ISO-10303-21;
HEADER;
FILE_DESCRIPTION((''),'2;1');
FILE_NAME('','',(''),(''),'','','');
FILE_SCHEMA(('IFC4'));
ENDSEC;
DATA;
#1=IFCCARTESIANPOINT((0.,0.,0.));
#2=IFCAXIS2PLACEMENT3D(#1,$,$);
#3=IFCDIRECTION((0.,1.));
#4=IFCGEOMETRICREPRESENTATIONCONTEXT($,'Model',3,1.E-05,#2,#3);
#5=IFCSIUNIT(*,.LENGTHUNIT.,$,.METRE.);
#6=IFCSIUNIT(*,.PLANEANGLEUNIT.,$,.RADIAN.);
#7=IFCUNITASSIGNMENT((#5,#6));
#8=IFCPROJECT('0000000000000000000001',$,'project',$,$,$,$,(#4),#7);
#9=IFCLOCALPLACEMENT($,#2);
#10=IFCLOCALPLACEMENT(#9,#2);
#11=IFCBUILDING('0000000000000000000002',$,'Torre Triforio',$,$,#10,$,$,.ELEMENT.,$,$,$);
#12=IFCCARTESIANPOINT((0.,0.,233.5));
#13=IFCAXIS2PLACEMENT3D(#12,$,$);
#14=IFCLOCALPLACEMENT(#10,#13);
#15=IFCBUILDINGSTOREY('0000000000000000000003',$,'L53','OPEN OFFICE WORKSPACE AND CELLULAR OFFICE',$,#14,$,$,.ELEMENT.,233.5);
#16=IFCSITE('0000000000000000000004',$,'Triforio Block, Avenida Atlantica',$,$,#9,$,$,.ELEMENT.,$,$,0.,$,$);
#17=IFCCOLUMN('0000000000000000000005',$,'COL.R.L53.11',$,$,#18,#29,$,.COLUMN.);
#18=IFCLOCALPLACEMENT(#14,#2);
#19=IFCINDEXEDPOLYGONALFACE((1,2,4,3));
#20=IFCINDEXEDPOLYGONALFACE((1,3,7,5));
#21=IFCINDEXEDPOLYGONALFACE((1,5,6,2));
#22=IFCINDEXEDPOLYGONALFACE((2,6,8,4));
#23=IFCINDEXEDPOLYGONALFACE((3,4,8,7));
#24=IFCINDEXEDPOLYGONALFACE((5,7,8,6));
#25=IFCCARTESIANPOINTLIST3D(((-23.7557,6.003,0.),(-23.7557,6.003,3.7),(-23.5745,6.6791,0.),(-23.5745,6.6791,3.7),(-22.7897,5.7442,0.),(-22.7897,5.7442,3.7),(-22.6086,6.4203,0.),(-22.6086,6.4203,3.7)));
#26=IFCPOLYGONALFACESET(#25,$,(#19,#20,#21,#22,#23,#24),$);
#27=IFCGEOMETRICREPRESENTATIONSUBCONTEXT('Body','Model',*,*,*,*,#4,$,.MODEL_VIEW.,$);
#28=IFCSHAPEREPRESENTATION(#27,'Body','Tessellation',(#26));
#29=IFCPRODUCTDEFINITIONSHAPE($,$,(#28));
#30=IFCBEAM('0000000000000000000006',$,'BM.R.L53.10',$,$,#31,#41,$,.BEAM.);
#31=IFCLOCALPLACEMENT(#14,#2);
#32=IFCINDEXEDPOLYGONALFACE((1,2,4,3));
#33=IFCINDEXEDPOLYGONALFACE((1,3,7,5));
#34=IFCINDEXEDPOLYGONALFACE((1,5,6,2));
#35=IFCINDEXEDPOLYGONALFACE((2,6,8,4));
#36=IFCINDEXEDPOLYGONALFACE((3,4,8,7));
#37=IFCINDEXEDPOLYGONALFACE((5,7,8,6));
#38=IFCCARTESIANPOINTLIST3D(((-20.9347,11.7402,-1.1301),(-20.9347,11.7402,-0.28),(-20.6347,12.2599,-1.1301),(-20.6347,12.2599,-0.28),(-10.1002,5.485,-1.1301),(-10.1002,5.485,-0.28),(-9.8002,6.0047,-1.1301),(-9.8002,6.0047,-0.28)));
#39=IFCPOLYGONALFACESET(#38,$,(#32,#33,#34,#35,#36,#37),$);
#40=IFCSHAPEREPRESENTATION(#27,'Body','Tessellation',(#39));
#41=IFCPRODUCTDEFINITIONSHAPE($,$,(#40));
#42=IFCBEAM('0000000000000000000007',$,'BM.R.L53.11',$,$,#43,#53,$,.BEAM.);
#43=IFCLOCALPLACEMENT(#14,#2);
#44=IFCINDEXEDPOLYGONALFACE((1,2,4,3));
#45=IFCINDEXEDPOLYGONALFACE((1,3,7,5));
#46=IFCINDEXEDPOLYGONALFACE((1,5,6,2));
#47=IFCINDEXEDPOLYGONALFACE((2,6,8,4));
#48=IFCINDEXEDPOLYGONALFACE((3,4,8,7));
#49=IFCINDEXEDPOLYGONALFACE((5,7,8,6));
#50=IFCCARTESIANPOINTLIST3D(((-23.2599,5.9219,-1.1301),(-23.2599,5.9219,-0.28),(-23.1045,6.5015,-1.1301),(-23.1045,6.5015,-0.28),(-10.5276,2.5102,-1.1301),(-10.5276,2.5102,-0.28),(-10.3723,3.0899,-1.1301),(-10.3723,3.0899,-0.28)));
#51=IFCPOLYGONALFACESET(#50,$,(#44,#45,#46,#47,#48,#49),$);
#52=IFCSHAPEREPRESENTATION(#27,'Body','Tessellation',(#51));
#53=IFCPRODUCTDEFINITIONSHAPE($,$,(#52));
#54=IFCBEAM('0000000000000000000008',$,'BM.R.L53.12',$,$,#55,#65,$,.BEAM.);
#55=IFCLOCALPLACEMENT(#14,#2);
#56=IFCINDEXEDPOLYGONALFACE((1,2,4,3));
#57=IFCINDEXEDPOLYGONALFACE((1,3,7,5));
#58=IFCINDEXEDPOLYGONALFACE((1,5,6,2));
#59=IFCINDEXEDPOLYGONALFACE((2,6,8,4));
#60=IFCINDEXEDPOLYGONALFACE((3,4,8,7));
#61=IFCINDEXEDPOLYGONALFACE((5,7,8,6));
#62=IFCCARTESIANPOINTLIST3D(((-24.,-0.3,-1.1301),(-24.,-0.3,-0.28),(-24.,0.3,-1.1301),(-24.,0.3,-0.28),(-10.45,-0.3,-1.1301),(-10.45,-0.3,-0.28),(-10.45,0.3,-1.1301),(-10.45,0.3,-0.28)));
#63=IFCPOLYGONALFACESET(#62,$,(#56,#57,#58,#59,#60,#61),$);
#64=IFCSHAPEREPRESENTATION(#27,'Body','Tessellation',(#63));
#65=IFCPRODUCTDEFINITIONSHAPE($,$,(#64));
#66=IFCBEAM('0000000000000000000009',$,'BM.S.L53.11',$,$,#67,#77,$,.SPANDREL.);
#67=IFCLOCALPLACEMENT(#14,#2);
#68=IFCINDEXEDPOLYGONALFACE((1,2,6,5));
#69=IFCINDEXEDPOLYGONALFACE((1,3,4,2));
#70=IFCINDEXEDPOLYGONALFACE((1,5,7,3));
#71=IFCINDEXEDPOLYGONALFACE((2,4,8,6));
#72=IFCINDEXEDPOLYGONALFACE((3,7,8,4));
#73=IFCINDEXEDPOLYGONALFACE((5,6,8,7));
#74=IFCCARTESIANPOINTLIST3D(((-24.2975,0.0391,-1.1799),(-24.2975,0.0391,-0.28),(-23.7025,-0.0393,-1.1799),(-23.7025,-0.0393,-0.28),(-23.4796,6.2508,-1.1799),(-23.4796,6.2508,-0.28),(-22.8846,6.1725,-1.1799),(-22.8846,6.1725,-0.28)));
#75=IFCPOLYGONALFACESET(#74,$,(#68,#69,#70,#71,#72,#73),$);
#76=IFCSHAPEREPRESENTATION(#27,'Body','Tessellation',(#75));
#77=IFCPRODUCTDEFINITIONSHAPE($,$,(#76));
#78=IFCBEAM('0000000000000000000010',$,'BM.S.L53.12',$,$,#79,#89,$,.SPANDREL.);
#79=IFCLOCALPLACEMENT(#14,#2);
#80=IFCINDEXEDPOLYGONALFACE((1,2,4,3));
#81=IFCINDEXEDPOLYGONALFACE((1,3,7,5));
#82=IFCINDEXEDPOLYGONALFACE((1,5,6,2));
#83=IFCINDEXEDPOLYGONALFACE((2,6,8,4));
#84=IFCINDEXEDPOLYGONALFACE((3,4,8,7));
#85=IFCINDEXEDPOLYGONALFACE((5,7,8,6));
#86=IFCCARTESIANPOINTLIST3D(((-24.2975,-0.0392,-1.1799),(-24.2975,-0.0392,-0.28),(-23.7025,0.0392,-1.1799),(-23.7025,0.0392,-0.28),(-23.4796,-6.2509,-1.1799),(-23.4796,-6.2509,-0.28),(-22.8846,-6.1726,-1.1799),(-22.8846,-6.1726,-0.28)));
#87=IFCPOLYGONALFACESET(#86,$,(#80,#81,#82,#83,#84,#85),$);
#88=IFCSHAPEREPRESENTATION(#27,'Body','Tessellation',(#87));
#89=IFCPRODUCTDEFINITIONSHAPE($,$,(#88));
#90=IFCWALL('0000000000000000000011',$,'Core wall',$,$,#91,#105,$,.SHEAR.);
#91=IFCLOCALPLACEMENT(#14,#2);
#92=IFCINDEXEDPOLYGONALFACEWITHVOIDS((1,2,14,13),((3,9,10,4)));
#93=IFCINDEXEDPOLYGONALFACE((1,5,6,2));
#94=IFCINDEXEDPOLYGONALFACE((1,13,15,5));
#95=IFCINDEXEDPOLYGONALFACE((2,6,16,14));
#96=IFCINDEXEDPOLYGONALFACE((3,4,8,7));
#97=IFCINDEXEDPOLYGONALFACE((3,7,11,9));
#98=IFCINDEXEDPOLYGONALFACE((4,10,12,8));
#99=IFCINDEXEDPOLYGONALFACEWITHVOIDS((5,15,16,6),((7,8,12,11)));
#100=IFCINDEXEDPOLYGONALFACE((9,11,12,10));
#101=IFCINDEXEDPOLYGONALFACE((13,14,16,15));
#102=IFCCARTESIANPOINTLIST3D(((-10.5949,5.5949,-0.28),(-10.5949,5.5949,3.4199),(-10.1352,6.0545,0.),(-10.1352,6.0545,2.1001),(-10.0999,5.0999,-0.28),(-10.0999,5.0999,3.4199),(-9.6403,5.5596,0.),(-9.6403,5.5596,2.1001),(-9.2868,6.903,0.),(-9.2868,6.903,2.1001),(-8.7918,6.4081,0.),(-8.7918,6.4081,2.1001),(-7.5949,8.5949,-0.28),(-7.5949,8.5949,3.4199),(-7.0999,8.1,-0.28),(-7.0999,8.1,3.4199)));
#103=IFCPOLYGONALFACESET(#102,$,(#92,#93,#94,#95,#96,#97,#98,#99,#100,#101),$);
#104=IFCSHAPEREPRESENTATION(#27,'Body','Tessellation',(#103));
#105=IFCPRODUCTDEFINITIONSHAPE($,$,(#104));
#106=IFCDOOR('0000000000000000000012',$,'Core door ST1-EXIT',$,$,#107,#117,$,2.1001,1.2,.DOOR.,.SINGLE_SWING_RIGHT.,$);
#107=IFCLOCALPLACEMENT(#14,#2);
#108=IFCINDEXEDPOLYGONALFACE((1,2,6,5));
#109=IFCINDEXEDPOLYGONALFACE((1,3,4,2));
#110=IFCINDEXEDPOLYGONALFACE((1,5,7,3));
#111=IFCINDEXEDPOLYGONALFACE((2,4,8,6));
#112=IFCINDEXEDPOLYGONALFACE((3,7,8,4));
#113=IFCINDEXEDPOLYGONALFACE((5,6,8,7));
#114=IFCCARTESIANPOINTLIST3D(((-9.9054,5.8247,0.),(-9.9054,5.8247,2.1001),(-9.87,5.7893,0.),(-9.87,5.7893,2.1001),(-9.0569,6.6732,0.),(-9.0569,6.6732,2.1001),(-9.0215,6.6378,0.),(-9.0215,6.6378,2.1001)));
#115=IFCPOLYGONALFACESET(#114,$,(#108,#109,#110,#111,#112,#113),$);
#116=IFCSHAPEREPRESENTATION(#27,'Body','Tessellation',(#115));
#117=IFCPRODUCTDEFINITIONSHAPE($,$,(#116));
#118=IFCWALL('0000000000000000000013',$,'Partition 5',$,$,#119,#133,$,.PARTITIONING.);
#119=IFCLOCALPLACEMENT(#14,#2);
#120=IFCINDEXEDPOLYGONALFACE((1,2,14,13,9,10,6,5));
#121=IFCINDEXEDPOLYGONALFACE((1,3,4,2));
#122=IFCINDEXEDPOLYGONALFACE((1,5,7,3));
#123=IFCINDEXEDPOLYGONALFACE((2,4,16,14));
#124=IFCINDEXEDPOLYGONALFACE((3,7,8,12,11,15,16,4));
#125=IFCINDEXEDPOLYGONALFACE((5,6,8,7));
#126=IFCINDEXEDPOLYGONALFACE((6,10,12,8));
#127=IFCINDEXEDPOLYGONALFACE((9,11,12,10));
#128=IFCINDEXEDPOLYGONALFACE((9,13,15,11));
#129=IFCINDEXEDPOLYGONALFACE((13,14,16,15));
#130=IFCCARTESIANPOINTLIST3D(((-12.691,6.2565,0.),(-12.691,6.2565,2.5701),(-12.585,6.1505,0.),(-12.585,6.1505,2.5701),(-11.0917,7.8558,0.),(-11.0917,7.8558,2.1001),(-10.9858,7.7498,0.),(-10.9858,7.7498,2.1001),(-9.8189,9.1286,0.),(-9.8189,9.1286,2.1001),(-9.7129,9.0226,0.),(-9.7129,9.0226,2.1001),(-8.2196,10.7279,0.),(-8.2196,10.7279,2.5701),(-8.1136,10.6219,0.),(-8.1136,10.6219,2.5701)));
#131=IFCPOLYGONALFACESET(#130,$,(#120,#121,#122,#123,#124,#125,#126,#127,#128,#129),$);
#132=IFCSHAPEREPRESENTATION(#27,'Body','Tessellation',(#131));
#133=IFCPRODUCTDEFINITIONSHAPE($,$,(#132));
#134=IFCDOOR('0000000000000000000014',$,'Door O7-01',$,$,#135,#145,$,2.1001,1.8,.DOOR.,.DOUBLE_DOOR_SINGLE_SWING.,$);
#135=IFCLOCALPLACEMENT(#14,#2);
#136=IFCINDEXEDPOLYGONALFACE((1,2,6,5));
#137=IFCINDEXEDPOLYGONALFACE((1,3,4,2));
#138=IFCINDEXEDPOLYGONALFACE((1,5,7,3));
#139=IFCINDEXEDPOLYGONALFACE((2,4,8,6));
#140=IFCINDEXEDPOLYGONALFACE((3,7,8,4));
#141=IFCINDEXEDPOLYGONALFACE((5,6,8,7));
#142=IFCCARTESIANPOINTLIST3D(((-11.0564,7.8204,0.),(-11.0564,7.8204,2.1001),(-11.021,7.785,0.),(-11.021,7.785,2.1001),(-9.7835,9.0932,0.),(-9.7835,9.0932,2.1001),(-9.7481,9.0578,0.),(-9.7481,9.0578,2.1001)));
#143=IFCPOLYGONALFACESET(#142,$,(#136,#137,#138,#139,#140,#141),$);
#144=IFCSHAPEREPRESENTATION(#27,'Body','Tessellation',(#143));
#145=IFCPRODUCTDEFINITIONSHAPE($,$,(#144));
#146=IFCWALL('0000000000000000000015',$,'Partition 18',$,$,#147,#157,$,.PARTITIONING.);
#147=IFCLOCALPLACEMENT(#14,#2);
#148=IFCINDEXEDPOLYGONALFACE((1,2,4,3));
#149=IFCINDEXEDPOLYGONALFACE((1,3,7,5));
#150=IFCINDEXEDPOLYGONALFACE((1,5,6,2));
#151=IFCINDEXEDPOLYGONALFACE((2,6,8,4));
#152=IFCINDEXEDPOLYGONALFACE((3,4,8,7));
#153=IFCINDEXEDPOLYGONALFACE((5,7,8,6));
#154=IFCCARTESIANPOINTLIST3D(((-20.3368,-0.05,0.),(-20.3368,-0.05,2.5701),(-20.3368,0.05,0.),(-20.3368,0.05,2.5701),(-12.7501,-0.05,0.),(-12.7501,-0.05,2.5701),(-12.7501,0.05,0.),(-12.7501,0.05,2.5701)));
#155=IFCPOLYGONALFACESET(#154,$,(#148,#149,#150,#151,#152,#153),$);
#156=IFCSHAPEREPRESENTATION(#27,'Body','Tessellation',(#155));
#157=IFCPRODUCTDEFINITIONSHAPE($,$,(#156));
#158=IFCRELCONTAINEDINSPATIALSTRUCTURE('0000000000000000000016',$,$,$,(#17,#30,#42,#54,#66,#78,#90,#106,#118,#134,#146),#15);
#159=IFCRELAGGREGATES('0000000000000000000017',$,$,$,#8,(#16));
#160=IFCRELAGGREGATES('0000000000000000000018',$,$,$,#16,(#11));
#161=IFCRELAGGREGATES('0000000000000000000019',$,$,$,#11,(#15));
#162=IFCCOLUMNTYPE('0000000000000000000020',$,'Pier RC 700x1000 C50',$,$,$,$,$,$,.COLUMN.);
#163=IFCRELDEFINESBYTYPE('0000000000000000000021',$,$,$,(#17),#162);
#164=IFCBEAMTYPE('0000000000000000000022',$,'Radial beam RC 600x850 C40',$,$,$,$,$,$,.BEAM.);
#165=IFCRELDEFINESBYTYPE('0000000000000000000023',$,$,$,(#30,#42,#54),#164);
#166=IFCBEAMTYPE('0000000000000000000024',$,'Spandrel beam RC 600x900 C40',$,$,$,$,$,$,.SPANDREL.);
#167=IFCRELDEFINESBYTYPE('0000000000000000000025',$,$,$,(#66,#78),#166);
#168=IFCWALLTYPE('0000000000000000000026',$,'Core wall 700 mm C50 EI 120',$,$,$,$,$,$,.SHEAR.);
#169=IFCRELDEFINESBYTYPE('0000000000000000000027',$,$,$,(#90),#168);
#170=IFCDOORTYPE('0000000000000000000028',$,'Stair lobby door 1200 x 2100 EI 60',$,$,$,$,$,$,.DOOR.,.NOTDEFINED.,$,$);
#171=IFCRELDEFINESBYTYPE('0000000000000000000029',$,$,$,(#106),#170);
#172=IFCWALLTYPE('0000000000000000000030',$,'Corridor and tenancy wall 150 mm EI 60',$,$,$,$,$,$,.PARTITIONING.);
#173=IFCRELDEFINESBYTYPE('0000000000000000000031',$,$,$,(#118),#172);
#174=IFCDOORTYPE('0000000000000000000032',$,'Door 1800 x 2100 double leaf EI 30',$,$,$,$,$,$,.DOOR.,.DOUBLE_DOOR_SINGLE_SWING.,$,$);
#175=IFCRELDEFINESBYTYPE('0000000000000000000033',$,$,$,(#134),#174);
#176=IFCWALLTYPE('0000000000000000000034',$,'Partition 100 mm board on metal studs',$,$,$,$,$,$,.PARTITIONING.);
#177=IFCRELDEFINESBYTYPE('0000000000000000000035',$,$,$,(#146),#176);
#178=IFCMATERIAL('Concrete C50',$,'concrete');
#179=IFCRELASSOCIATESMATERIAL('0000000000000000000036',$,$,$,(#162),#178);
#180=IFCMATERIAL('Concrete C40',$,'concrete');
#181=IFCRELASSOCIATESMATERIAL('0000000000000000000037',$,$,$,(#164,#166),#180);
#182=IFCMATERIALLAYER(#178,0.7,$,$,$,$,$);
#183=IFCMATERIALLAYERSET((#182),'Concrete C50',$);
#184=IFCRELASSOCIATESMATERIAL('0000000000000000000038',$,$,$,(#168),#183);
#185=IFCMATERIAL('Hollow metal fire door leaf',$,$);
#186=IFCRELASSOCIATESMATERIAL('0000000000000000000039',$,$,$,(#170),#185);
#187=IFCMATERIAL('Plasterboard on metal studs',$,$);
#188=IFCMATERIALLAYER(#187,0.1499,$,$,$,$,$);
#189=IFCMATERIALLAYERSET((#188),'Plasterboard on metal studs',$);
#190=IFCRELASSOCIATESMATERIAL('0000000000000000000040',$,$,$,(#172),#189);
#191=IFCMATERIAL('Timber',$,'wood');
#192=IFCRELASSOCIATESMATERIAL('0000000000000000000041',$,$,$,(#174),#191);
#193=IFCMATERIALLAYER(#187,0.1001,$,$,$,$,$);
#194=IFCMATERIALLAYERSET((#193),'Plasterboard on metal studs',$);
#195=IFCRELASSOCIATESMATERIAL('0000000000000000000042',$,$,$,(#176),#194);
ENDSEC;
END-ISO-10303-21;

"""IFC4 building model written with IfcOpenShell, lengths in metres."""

from ifc_helpers import new_model, si_unit, direction, frame, frame_2d, origin, origin_2d, place, context, subcontext, project, spatial, rectangle, extrude, material, layer, layer_set, material_profile, profile_set, type_object, element, fill, save


model = new_model("IFC4")

# Units and contexts
model_context = context("Model", 3, precision=1e-05, world=origin(), true_north=direction((0.0, 1.0)))
body_context = subcontext(model_context, "Body", "Model", "MODEL_VIEW")
ifc_project = project(units=[si_unit("LENGTHUNIT", "METRE"), si_unit("PLANEANGLEUNIT", "RADIAN")], contexts=[model_context])

# Site, building, storey
site_placement = place(None, origin())
site = spatial("IfcSite", under=ifc_project, at=site_placement, Name="Triforio Block, Avenida Atlantica", CompositionType="ELEMENT", RefElevation=0.0)
building_placement = place(site_placement, origin())
building = spatial("IfcBuilding", under=site, at=building_placement, Name="Torre Triforio", CompositionType="ELEMENT")
storey_placement = place(building_placement, frame((0.0, 0.0, 233.5)))
storey = spatial("IfcBuildingStorey", under=building, at=storey_placement, Name="L53", Description="OPEN OFFICE WORKSPACE AND CELLULAR OFFICE", CompositionType="ELEMENT", Elevation=233.5)

# Column
ifc_material_1 = material(Name="Concrete C50", Category="concrete")
ifc_material_profile_1 = material_profile(ifc_material_1, rectangle(XDim=0.7, YDim=1.0, at=origin_2d()), Name="RC 700x1000")
ifc_profile_set_1 = profile_set([ifc_material_profile_1], Name="Concrete C50")
column_type = type_object("IfcColumnType", Name="Pier RC 700x1000 C50", PredefinedType="COLUMN", material=ifc_profile_set_1)
column_placement = place(storey_placement, frame((-23.1821, 6.2117, 0.0), z_axis=(0.0, 0.0, 1.0), x_axis=(-0.258819, -0.965926, 0.0)))
element("IfcColumn", 1, at=column_placement, inside=storey, type_object=column_type, Name="COL.R.L53.11", PredefinedType="COLUMN", context=body_context, shape_type="SweptSolid", body=[
    extrude(rectangle(XDim=0.7, YDim=1.0, at=origin_2d()), origin(), (0.0, 0.0, 1.0), 3.7),
])

# Beams
ifc_material_2 = material(Name="Concrete C40", Category="concrete")
ifc_material_profile_2 = material_profile(ifc_material_2, rectangle(XDim=0.6001, YDim=0.8501, at=origin_2d()), Name="RC 600x850")
ifc_profile_set_2 = profile_set([ifc_material_profile_2], Name="Concrete C40")
beam_type_1 = type_object("IfcBeamType", Name="Radial beam RC 600x850 C40", PredefinedType="BEAM", material=ifc_profile_set_2)
beam_1_placement = place(storey_placement, frame((-9.9502, 5.7449, -0.7051), z_axis=(-0.866031, 0.49999, 0.0), x_axis=(-0.49999, -0.866031, 0.0)))
element("IfcBeam", 2, at=beam_1_placement, inside=storey, type_object=beam_type_1, Name="BM.R.L53.10", PredefinedType="BEAM", context=body_context, shape_type="SweptSolid", body=[
    extrude(rectangle(XDim=0.6001, YDim=0.8501, at=origin_2d()), origin(), (0.0, 0.0, 1.0), 12.5105),
])
beam_2_placement = place(storey_placement, frame((-10.45, 2.8, -0.7051), z_axis=(-0.965925, 0.258822, 0.0), x_axis=(-0.258822, -0.965925, 0.0)))
element("IfcBeam", 3, at=beam_2_placement, inside=storey, type_object=beam_type_1, Name="BM.R.L53.11", PredefinedType="BEAM", context=body_context, shape_type="SweptSolid", body=[
    extrude(rectangle(XDim=0.6001, YDim=0.8501, at=origin_2d()), origin(), (0.0, 0.0, 1.0), 13.1814),
])
beam_3_placement = place(storey_placement, frame((-10.45, 0.0, -0.7051), z_axis=(-1.0, 0.0, 0.0), x_axis=(0.0, -1.0, 0.0)))
element("IfcBeam", 4, at=beam_3_placement, inside=storey, type_object=beam_type_1, Name="BM.R.L53.12", PredefinedType="BEAM", context=body_context, shape_type="SweptSolid", body=[
    extrude(rectangle(XDim=0.6001, YDim=0.8501, at=origin_2d()), origin(), (0.0, 0.0, 1.0), 13.55),
])
ifc_material_profile_3 = material_profile(ifc_material_2, rectangle(XDim=0.6001, YDim=0.8999, at=origin_2d()), Name="RC 600x900")
ifc_profile_set_3 = profile_set([ifc_material_profile_3], Name="Concrete C40")
beam_type_2 = type_object("IfcBeamType", Name="Spandrel beam RC 600x900 C40", PredefinedType="SPANDREL", material=ifc_profile_set_3)
for number, where, z_axis, x_axis, name in (
    (5, (-23.1821, 6.2117, -0.73), (-0.13054, -0.991443, 0.0), (0.991443, -0.13054, 0.0), "BM.S.L53.11"),
    (6, (-24.0, 0.0, -0.73), (0.13054, -0.991443, 0.0), (0.991443, 0.13054, 0.0), "BM.S.L53.12"),
):
    element("IfcBeam", number, at=place(storey_placement, frame(where, z_axis=z_axis, x_axis=x_axis)), inside=storey, type_object=beam_type_2, Name=name, PredefinedType="SPANDREL", context=body_context, shape_type="SweptSolid", body=[
        extrude(rectangle(XDim=0.6001, YDim=0.8999, at=origin_2d()), origin(), (0.0, 0.0, 1.0), 6.2654),
    ])

# Walls, openings, doors
ifc_layer_1 = layer(ifc_material_1, 0.7)
ifc_layer_set_1 = layer_set([ifc_layer_1], Name="Concrete C50")
wall_type_1 = type_object("IfcWallType", Name="Core wall 700 mm C50 EI 120", PredefinedType="SHEAR", material=ifc_layer_set_1)
wall_1_placement = place(storey_placement, frame((-10.3474, 5.3474, -0.28), z_axis=(0.0, 0.0, 1.0), x_axis=(0.707107, 0.707107, 0.0)))
wall_1 = element("IfcWall", 7, at=wall_1_placement, inside=storey, type_object=wall_type_1, Name="Core wall", PredefinedType="SHEAR", context=body_context, shape_type="SweptSolid", body=[
    extrude(rectangle(XDim=4.2427, YDim=0.7, at=frame_2d((2.1213, 0.0))), origin(), (0.0, 0.0, 1.0), 3.7),
])
opening_1_placement = place(wall_1_placement, frame((0.6499, 0.0, 0.28)))
opening_1 = element("IfcOpeningElement", 8, at=opening_1_placement, cuts=wall_1, PredefinedType="OPENING", context=body_context, shape_type="SweptSolid", body=[
    extrude(rectangle(XDim=1.2, YDim=2.1001, at=frame_2d((0.6001, 1.05))), frame((0.0, 0.3599, 0.0), z_axis=(0.0, -1.0, 0.0), x_axis=(1.0, 0.0, 0.0)), (0.0, 0.0, 1.0), 0.72),
])
ifc_material_3 = material(Name="Hollow metal fire door leaf")
door_type_1 = type_object("IfcDoorType", Name="Stair lobby door 1200 x 2100 EI 60", OperationType="NOTDEFINED", PredefinedType="DOOR", material=ifc_material_3)
door_1_placement = place(opening_1_placement, origin())
door_1 = element("IfcDoor", 9, at=door_1_placement, inside=storey, type_object=door_type_1, Name="Core door ST1-EXIT", OperationType="SINGLE_SWING_RIGHT", OverallHeight=2.1001, OverallWidth=1.2, PredefinedType="DOOR", context=body_context, shape_type="SweptSolid", body=[
    extrude(rectangle(XDim=1.2, YDim=2.1001, at=frame_2d((0.6001, 1.05))), frame((0.0, 0.0249, 0.0), z_axis=(0.0, -1.0, 0.0), x_axis=(1.0, 0.0, 0.0)), (0.0, 0.0, 1.0), 0.05),
])
fill(opening_1, door_1)
ifc_material_4 = material(Name="Plasterboard on metal studs")
ifc_layer_2 = layer(ifc_material_4, 0.1499)
ifc_layer_set_2 = layer_set([ifc_layer_2], Name="Plasterboard on metal studs")
wall_type_2 = type_object("IfcWallType", Name="Corridor and tenancy wall 150 mm EI 60", PredefinedType="PARTITIONING", material=ifc_layer_set_2)
wall_2_placement = place(storey_placement, frame((-12.6379, 6.2036, 0.0), z_axis=(0.0, 0.0, 1.0), x_axis=(0.707107, 0.707107, 0.0)))
wall_2 = element("IfcWall", 10, at=wall_2_placement, inside=storey, type_object=wall_type_2, Name="Partition 5", PredefinedType="PARTITIONING", context=body_context, shape_type="SweptSolid", body=[
    extrude(rectangle(XDim=6.3235, YDim=0.1499, at=frame_2d((3.1616, 0.0))), origin(), (0.0, 0.0, 1.0), 2.5701),
])
opening_2_placement = place(wall_2_placement, frame((2.2617, 0.0, 0.0)))
opening_2 = element("IfcOpeningElement", 11, at=opening_2_placement, cuts=wall_2, PredefinedType="OPENING", context=body_context, shape_type="SweptSolid", body=[
    extrude(rectangle(XDim=1.8, YDim=2.1001, at=frame_2d((0.8999, 1.05))), frame((0.0, 0.085, 0.0), z_axis=(0.0, -1.0, 0.0), x_axis=(1.0, 0.0, 0.0)), (0.0, 0.0, 1.0), 0.1699),
])
ifc_material_5 = material(Name="Timber", Category="wood")
door_type_2 = type_object("IfcDoorType", Name="Door 1800 x 2100 double leaf EI 30", OperationType="DOUBLE_DOOR_SINGLE_SWING", PredefinedType="DOOR", material=ifc_material_5)
door_2_placement = place(opening_2_placement, origin())
door_2 = element("IfcDoor", 12, at=door_2_placement, inside=storey, type_object=door_type_2, Name="Door O7-01", OperationType="DOUBLE_DOOR_SINGLE_SWING", OverallHeight=2.1001, OverallWidth=1.8, PredefinedType="DOOR", context=body_context, shape_type="SweptSolid", body=[
    extrude(rectangle(XDim=1.8, YDim=2.1001, at=frame_2d((0.8999, 1.05))), frame((0.0, 0.0249, 0.0), z_axis=(0.0, -1.0, 0.0), x_axis=(1.0, 0.0, 0.0)), (0.0, 0.0, 1.0), 0.05),
])
fill(opening_2, door_2)

# Wall
ifc_layer_3 = layer(ifc_material_4, 0.1001)
ifc_layer_set_3 = layer_set([ifc_layer_3], Name="Plasterboard on metal studs")
wall_type_3 = type_object("IfcWallType", Name="Partition 100 mm board on metal studs", PredefinedType="PARTITIONING", material=ifc_layer_set_3)
wall_3_placement = place(storey_placement, frame((-12.75, 0.0, 0.0), z_axis=(0.0, 0.0, 1.0), x_axis=(-1.0, 0.0, 0.0)))
element("IfcWall", 13, at=wall_3_placement, inside=storey, type_object=wall_type_3, Name="Partition 18", PredefinedType="PARTITIONING", context=body_context, shape_type="SweptSolid", body=[
    extrude(rectangle(XDim=7.5867, YDim=0.1001, at=frame_2d((3.7935, 0.0))), origin(), (0.0, 0.0, 1.0), 2.5701),
])

save(model, "model.ifc")
